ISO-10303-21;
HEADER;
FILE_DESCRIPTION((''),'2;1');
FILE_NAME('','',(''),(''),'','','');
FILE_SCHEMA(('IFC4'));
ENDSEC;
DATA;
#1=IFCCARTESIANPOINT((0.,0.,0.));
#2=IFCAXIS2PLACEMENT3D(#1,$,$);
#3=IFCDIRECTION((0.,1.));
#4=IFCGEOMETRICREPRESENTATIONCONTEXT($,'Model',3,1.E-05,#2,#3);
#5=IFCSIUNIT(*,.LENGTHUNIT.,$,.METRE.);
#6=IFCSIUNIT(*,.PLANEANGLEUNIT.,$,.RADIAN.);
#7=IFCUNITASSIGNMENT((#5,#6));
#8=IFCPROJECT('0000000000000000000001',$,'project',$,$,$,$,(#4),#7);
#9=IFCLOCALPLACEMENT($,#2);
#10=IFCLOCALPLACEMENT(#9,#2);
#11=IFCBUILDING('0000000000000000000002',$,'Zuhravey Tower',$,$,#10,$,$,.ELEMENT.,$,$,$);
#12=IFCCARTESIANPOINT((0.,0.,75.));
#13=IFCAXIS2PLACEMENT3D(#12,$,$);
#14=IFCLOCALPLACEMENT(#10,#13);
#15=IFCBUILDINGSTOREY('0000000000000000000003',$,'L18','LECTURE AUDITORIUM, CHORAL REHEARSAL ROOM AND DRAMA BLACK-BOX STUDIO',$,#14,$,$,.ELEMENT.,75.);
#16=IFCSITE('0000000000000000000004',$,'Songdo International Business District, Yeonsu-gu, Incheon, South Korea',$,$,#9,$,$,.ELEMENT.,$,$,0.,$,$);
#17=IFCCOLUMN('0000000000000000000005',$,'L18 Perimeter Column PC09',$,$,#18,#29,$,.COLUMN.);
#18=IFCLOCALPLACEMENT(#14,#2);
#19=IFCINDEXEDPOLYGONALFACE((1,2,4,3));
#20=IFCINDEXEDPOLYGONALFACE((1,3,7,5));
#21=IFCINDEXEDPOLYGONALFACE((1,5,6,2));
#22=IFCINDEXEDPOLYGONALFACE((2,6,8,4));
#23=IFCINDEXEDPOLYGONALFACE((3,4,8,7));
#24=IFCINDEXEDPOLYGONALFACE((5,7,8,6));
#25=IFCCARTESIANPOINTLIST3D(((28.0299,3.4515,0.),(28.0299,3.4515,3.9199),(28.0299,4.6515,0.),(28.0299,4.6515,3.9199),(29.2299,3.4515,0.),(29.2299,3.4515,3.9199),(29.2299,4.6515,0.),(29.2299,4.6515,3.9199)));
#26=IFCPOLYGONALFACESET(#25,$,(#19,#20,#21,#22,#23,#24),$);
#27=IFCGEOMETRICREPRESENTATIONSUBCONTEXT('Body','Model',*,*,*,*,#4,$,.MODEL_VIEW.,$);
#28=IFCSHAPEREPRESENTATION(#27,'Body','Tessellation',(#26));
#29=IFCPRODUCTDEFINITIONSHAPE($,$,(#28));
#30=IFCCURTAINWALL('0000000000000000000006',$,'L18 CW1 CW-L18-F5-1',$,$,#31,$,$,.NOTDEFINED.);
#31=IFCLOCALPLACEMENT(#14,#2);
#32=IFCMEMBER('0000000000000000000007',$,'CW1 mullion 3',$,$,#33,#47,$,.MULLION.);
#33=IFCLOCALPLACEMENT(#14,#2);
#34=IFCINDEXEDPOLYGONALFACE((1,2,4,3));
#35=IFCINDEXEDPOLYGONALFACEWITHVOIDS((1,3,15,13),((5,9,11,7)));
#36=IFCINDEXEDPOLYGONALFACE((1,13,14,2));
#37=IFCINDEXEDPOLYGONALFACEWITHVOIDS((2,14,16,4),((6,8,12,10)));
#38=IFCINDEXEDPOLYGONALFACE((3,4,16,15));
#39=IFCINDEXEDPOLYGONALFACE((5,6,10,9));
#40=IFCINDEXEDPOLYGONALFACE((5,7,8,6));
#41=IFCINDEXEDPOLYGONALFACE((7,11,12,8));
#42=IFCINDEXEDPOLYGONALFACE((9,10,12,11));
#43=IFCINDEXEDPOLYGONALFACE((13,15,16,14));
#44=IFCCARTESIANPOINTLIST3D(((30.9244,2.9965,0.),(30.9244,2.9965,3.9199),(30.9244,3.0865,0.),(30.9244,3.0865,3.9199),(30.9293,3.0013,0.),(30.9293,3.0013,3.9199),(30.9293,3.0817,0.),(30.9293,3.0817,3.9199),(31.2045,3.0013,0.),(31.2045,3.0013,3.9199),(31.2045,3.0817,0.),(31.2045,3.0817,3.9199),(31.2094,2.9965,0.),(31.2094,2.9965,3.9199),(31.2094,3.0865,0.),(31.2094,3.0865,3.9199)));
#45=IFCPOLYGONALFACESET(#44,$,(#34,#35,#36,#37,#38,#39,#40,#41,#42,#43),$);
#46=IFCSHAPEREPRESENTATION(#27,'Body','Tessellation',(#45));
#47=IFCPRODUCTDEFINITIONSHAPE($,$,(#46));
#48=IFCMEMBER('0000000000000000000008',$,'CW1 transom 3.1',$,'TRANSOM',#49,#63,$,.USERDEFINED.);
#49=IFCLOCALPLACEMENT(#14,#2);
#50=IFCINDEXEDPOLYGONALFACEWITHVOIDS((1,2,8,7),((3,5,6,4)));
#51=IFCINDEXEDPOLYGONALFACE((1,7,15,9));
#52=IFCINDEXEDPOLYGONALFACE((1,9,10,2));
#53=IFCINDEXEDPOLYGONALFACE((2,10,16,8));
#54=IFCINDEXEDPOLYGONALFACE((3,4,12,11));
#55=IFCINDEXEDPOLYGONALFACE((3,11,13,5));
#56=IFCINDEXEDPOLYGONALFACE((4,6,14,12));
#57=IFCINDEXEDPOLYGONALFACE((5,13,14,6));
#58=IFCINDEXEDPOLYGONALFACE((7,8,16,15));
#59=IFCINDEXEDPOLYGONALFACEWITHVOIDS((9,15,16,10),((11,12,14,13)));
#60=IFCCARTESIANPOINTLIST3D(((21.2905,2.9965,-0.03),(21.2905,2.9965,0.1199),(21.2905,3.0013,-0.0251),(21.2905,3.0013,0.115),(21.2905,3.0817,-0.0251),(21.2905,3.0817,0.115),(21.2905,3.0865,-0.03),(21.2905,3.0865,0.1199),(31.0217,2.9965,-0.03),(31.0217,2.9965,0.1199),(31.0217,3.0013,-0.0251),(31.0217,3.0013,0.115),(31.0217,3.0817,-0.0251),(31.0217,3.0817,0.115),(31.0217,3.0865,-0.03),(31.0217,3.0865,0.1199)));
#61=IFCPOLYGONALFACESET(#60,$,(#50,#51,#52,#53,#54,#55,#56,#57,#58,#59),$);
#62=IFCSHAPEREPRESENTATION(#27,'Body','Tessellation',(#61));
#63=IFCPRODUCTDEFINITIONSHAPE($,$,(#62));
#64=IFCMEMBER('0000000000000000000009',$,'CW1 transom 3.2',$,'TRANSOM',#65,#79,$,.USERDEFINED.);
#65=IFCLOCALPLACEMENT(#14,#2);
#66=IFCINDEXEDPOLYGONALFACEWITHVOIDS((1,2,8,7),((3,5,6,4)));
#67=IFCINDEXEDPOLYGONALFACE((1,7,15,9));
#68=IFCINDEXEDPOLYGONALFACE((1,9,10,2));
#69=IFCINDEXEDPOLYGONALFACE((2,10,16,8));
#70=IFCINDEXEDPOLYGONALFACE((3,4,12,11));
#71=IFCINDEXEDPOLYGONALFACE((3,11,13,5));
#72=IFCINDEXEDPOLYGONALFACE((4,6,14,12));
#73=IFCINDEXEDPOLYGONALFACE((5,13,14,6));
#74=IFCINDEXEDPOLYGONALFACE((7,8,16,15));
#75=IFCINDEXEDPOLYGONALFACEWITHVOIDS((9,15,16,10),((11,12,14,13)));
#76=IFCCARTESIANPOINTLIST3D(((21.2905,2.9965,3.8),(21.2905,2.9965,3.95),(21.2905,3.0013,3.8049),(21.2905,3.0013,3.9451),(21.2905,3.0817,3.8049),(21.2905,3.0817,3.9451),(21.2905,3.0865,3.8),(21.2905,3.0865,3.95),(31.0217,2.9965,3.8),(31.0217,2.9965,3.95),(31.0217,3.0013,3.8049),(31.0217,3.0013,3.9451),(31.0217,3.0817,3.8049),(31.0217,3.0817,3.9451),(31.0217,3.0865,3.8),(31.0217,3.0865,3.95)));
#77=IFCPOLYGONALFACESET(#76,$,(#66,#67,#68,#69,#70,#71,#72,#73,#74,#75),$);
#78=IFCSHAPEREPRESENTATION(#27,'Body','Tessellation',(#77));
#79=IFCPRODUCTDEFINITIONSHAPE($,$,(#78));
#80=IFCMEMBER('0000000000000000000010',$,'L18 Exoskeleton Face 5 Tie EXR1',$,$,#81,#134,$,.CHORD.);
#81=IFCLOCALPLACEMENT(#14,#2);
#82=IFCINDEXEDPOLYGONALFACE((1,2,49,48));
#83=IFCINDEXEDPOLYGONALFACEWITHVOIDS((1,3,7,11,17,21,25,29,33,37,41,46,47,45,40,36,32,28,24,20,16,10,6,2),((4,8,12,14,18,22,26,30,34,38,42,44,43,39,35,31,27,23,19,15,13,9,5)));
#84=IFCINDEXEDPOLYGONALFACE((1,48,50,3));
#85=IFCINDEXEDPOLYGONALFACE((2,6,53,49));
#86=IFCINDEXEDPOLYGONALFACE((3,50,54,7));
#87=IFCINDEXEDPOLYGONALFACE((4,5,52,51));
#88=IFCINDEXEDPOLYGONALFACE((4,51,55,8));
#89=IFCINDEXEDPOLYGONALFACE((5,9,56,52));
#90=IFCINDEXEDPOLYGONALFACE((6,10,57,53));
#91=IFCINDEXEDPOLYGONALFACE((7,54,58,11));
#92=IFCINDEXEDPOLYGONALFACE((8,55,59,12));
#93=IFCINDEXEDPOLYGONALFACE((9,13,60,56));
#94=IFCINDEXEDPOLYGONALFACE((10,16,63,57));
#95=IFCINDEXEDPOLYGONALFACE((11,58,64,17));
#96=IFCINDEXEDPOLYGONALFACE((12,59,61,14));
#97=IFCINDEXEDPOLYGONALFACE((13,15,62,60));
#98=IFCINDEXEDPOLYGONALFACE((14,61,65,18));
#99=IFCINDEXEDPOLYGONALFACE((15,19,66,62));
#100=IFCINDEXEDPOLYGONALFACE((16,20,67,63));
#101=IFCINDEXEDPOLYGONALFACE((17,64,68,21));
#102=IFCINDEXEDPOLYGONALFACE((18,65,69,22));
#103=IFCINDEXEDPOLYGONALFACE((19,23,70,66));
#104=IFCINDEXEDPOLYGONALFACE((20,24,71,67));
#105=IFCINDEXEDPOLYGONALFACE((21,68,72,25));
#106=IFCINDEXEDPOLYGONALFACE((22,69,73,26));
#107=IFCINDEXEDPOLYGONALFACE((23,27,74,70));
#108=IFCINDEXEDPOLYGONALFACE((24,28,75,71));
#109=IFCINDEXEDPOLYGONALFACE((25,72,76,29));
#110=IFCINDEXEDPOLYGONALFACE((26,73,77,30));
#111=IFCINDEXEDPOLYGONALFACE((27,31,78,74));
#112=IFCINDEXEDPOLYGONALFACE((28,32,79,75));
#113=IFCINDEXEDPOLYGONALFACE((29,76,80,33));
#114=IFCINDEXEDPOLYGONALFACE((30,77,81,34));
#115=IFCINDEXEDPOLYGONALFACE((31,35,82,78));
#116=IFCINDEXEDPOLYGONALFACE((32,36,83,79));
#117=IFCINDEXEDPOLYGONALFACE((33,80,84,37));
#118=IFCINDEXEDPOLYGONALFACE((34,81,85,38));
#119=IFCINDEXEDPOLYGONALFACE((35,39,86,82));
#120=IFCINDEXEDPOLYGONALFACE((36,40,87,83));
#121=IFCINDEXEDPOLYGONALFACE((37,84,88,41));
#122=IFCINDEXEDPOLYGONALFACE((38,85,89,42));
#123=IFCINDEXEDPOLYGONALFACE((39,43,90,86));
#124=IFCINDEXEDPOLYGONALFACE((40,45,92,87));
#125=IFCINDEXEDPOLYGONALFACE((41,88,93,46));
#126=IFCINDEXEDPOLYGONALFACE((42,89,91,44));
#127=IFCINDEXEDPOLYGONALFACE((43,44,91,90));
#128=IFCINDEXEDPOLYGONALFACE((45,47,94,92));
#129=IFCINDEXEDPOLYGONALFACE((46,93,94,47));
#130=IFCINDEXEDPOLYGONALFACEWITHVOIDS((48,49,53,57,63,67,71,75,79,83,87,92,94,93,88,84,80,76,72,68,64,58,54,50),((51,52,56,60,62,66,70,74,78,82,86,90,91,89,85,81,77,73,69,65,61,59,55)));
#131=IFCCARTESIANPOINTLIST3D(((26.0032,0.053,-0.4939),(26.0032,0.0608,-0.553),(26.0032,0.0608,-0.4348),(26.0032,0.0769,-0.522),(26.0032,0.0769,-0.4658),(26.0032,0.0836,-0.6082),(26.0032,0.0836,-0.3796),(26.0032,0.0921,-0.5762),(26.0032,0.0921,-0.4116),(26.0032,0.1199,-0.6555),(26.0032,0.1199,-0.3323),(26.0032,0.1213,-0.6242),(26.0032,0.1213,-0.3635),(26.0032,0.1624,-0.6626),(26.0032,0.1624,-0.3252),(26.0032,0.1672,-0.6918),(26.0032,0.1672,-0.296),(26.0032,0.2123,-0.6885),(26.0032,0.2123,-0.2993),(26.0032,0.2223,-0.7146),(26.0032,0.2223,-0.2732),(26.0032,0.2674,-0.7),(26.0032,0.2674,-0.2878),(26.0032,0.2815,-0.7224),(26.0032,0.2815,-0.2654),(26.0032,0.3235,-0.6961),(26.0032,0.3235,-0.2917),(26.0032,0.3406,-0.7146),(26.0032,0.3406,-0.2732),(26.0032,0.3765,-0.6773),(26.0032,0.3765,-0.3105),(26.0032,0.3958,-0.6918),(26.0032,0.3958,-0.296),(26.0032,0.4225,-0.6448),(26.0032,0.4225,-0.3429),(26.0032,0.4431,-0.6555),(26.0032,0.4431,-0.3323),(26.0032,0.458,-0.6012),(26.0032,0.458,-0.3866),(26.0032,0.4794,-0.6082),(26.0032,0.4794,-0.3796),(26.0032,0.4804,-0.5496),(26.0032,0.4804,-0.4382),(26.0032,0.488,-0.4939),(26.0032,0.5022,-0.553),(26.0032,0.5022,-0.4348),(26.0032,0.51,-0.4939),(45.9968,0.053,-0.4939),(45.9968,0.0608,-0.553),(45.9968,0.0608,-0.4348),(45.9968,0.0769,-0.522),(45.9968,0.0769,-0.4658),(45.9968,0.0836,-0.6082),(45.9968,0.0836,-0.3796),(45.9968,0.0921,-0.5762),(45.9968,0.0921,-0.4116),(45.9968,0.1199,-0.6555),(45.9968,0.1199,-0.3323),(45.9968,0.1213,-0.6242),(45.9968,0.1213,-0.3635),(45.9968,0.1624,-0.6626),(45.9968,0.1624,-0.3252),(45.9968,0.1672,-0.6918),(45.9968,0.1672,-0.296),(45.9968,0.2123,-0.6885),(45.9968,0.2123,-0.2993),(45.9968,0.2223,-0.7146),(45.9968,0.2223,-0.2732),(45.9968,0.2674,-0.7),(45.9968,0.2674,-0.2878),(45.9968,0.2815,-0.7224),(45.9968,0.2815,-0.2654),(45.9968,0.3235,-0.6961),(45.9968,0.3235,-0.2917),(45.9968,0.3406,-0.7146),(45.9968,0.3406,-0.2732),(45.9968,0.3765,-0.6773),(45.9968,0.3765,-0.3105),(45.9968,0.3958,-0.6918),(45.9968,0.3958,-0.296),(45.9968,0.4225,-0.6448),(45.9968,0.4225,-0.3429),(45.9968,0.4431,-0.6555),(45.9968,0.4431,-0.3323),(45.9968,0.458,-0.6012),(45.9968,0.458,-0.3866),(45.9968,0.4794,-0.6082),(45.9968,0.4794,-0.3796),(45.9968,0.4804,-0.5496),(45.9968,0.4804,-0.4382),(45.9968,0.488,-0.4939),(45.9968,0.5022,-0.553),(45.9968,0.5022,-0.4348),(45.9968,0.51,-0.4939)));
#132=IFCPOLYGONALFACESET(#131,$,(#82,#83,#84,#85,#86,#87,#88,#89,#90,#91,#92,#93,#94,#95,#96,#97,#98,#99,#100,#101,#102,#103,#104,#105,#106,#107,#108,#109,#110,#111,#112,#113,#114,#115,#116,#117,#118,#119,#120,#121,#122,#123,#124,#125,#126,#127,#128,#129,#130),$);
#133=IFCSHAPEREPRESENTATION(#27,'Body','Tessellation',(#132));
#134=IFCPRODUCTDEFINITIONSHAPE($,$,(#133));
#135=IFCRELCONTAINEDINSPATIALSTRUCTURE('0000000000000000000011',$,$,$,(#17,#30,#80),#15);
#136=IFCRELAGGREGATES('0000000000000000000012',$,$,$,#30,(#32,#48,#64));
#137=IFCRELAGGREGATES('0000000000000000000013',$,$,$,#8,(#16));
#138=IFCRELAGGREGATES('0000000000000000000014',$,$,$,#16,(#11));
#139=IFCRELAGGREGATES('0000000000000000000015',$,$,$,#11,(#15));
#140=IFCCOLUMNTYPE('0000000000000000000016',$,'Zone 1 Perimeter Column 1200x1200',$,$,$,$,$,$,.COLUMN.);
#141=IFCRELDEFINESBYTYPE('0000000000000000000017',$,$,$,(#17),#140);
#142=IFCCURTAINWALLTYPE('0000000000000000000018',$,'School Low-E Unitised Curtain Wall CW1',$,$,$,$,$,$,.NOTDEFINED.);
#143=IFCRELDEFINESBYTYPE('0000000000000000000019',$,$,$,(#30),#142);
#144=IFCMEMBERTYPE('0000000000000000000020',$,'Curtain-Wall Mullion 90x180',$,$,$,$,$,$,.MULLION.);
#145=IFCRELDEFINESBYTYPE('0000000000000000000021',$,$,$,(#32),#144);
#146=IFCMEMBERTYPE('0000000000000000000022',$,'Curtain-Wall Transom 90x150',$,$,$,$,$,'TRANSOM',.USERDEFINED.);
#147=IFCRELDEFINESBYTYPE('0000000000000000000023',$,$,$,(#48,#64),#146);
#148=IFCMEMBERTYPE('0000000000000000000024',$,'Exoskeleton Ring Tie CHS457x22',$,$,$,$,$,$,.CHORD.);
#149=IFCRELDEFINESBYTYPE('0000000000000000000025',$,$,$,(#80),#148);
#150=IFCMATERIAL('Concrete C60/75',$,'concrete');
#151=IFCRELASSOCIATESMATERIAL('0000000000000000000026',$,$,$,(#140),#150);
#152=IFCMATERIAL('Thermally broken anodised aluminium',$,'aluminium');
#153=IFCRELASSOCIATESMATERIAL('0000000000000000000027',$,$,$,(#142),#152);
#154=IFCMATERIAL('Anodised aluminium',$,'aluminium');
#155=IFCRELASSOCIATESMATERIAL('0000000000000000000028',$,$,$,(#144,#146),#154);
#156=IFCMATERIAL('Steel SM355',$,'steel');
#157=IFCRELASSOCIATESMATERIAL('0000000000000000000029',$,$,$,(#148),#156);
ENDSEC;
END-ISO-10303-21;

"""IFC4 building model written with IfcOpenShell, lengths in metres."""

from ifc_helpers import new_model, si_unit, direction, frame, origin, origin_2d, place, context, subcontext, project, spatial, rectangle, hollow_rectangle, hollow_circle, extrude, material, material_profile, profile_set, type_object, element, aggregate, save


model = new_model("IFC4")

# Units and contexts
model_context = context("Model", 3, precision=1e-05, world=origin(), true_north=direction((0.0, 1.0)))
body_context = subcontext(model_context, "Body", "Model", "MODEL_VIEW")
ifc_project = project(units=[si_unit("LENGTHUNIT", "METRE"), si_unit("PLANEANGLEUNIT", "RADIAN")], contexts=[model_context])

# Site, building, storey
site_placement = place(None, origin())
site = spatial("IfcSite", under=ifc_project, at=site_placement, Name="Songdo International Business District, Yeonsu-gu, Incheon, South Korea", CompositionType="ELEMENT", RefElevation=0.0)
building_placement = place(site_placement, origin())
building = spatial("IfcBuilding", under=site, at=building_placement, Name="Zuhravey Tower", CompositionType="ELEMENT")
storey_placement = place(building_placement, frame((0.0, 0.0, 75.0)))
storey = spatial("IfcBuildingStorey", under=building, at=storey_placement, Name="L18", Description="LECTURE AUDITORIUM, CHORAL REHEARSAL ROOM AND DRAMA BLACK-BOX STUDIO", CompositionType="ELEMENT", Elevation=75.0)

# Column
ifc_material_1 = material(Name="Concrete C60/75", Category="concrete")
ifc_material_profile_1 = material_profile(ifc_material_1, rectangle(XDim=1.2, YDim=1.2, at=origin_2d()), Name="RC-1200x1200")
ifc_profile_set_1 = profile_set([ifc_material_profile_1], Name="Concrete C60/75")
column_type = type_object("IfcColumnType", Name="Zone 1 Perimeter Column 1200x1200", PredefinedType="COLUMN", material=ifc_profile_set_1)
column_placement = place(storey_placement, frame((28.6299, 4.0515, 0.0), z_axis=(0.0, 0.0, 1.0), x_axis=(1.0, 0.0, 0.0)))
element("IfcColumn", 1, at=column_placement, inside=storey, type_object=column_type, Name="L18 Perimeter Column PC09", PredefinedType="COLUMN", context=body_context, shape_type="SweptSolid", body=[
    extrude(rectangle(XDim=1.2, YDim=1.2, at=origin_2d()), origin(), (0.0, 0.0, 1.0), 3.9199),
])

# Curtain wall, members
ifc_material_2 = material(Name="Thermally broken anodised aluminium", Category="aluminium")
curtain_wall_type = type_object("IfcCurtainWallType", Name="School Low-E Unitised Curtain Wall CW1", PredefinedType="NOTDEFINED", material=ifc_material_2)
curtain_wall_placement = place(storey_placement, origin())
curtain_wall = element("IfcCurtainWall", 2, at=curtain_wall_placement, inside=storey, type_object=curtain_wall_type, Name="L18 CW1 CW-L18-F5-1", PredefinedType="NOTDEFINED")
ifc_material_3 = material(Name="Anodised aluminium", Category="aluminium")
ifc_material_profile_2 = material_profile(ifc_material_3, hollow_rectangle(XDim=0.0901, YDim=0.2849, WallThickness=0.0049, at=origin_2d()), Name="ALU-RHS-90x285x5")
ifc_profile_set_2 = profile_set([ifc_material_profile_2], Name="Anodised aluminium")
member_type_1 = type_object("IfcMemberType", Name="Curtain-Wall Mullion 90x180", PredefinedType="MULLION", material=ifc_profile_set_2)
member_1_placement = place(storey_placement, frame((31.0669, 3.0415, 0.0), z_axis=(0.0, 0.0, 1.0), x_axis=(0.0, -1.0, 0.0)))
member_1 = element("IfcMember", 3, at=member_1_placement, type_object=member_type_1, Name="CW1 mullion 3", PredefinedType="MULLION", context=body_context, shape_type="SweptSolid", body=[
    extrude(hollow_rectangle(XDim=0.0901, YDim=0.2849, WallThickness=0.0049, at=origin_2d()), origin(), (0.0, 0.0, 1.0), 3.9199),
])
ifc_material_profile_3 = material_profile(ifc_material_3, hollow_rectangle(XDim=0.0901, YDim=0.1499, WallThickness=0.0049, at=origin_2d()), Name="ALU-RHS-90x150x5")
ifc_profile_set_3 = profile_set([ifc_material_profile_3], Name="Anodised aluminium")
member_type_2 = type_object("IfcMemberType", Name="Curtain-Wall Transom 90x150", ElementType="TRANSOM", PredefinedType="USERDEFINED", material=ifc_profile_set_3)
member_2_placement = place(storey_placement, frame((31.0217, 3.0415, 0.0449), z_axis=(-1.0, 0.0, 0.0), x_axis=(0.0, -1.0, 0.0)))
member_2 = element("IfcMember", 4, at=member_2_placement, type_object=member_type_2, Name="CW1 transom 3.1", ObjectType="TRANSOM", PredefinedType="USERDEFINED", context=body_context, shape_type="SweptSolid", body=[
    extrude(hollow_rectangle(XDim=0.0901, YDim=0.1499, WallThickness=0.0049, at=origin_2d()), origin(), (0.0, 0.0, 1.0), 9.7312),
])
member_3_placement = place(storey_placement, frame((31.0217, 3.0415, 3.875), z_axis=(-1.0, 0.0, 0.0), x_axis=(0.0, -1.0, 0.0)))
member_3 = element("IfcMember", 5, at=member_3_placement, type_object=member_type_2, Name="CW1 transom 3.2", ObjectType="TRANSOM", PredefinedType="USERDEFINED", context=body_context, shape_type="SweptSolid", body=[
    extrude(hollow_rectangle(XDim=0.0901, YDim=0.1499, WallThickness=0.0049, at=origin_2d()), origin(), (0.0, 0.0, 1.0), 9.7312),
])

# Member
ifc_material_4 = material(Name="Steel SM355", Category="steel")
ifc_material_profile_4 = material_profile(ifc_material_4, hollow_circle(Radius=0.2285, WallThickness=0.022, at=origin_2d()), Name="CHS-457.2x22")
ifc_profile_set_4 = profile_set([ifc_material_profile_4], Name="Steel SM355")
member_type_3 = type_object("IfcMemberType", Name="Exoskeleton Ring Tie CHS457x22", PredefinedType="CHORD", material=ifc_profile_set_4)
member_4_placement = place(storey_placement, frame((26.0032, 0.2815, -0.4939), z_axis=(1.0, 0.0, 0.0), x_axis=(0.0, 1.0, 0.0)))
element("IfcMember", 6, at=member_4_placement, inside=storey, type_object=member_type_3, Name="L18 Exoskeleton Face 5 Tie EXR1", PredefinedType="CHORD", context=body_context, shape_type="SweptSolid", body=[
    extrude(hollow_circle(Radius=0.2285, WallThickness=0.022, at=origin_2d()), origin(), (0.0, 0.0, 1.0), 19.9937),
])

aggregate(curtain_wall, [member_1, member_2, member_3])

save(model, "model.ifc")
